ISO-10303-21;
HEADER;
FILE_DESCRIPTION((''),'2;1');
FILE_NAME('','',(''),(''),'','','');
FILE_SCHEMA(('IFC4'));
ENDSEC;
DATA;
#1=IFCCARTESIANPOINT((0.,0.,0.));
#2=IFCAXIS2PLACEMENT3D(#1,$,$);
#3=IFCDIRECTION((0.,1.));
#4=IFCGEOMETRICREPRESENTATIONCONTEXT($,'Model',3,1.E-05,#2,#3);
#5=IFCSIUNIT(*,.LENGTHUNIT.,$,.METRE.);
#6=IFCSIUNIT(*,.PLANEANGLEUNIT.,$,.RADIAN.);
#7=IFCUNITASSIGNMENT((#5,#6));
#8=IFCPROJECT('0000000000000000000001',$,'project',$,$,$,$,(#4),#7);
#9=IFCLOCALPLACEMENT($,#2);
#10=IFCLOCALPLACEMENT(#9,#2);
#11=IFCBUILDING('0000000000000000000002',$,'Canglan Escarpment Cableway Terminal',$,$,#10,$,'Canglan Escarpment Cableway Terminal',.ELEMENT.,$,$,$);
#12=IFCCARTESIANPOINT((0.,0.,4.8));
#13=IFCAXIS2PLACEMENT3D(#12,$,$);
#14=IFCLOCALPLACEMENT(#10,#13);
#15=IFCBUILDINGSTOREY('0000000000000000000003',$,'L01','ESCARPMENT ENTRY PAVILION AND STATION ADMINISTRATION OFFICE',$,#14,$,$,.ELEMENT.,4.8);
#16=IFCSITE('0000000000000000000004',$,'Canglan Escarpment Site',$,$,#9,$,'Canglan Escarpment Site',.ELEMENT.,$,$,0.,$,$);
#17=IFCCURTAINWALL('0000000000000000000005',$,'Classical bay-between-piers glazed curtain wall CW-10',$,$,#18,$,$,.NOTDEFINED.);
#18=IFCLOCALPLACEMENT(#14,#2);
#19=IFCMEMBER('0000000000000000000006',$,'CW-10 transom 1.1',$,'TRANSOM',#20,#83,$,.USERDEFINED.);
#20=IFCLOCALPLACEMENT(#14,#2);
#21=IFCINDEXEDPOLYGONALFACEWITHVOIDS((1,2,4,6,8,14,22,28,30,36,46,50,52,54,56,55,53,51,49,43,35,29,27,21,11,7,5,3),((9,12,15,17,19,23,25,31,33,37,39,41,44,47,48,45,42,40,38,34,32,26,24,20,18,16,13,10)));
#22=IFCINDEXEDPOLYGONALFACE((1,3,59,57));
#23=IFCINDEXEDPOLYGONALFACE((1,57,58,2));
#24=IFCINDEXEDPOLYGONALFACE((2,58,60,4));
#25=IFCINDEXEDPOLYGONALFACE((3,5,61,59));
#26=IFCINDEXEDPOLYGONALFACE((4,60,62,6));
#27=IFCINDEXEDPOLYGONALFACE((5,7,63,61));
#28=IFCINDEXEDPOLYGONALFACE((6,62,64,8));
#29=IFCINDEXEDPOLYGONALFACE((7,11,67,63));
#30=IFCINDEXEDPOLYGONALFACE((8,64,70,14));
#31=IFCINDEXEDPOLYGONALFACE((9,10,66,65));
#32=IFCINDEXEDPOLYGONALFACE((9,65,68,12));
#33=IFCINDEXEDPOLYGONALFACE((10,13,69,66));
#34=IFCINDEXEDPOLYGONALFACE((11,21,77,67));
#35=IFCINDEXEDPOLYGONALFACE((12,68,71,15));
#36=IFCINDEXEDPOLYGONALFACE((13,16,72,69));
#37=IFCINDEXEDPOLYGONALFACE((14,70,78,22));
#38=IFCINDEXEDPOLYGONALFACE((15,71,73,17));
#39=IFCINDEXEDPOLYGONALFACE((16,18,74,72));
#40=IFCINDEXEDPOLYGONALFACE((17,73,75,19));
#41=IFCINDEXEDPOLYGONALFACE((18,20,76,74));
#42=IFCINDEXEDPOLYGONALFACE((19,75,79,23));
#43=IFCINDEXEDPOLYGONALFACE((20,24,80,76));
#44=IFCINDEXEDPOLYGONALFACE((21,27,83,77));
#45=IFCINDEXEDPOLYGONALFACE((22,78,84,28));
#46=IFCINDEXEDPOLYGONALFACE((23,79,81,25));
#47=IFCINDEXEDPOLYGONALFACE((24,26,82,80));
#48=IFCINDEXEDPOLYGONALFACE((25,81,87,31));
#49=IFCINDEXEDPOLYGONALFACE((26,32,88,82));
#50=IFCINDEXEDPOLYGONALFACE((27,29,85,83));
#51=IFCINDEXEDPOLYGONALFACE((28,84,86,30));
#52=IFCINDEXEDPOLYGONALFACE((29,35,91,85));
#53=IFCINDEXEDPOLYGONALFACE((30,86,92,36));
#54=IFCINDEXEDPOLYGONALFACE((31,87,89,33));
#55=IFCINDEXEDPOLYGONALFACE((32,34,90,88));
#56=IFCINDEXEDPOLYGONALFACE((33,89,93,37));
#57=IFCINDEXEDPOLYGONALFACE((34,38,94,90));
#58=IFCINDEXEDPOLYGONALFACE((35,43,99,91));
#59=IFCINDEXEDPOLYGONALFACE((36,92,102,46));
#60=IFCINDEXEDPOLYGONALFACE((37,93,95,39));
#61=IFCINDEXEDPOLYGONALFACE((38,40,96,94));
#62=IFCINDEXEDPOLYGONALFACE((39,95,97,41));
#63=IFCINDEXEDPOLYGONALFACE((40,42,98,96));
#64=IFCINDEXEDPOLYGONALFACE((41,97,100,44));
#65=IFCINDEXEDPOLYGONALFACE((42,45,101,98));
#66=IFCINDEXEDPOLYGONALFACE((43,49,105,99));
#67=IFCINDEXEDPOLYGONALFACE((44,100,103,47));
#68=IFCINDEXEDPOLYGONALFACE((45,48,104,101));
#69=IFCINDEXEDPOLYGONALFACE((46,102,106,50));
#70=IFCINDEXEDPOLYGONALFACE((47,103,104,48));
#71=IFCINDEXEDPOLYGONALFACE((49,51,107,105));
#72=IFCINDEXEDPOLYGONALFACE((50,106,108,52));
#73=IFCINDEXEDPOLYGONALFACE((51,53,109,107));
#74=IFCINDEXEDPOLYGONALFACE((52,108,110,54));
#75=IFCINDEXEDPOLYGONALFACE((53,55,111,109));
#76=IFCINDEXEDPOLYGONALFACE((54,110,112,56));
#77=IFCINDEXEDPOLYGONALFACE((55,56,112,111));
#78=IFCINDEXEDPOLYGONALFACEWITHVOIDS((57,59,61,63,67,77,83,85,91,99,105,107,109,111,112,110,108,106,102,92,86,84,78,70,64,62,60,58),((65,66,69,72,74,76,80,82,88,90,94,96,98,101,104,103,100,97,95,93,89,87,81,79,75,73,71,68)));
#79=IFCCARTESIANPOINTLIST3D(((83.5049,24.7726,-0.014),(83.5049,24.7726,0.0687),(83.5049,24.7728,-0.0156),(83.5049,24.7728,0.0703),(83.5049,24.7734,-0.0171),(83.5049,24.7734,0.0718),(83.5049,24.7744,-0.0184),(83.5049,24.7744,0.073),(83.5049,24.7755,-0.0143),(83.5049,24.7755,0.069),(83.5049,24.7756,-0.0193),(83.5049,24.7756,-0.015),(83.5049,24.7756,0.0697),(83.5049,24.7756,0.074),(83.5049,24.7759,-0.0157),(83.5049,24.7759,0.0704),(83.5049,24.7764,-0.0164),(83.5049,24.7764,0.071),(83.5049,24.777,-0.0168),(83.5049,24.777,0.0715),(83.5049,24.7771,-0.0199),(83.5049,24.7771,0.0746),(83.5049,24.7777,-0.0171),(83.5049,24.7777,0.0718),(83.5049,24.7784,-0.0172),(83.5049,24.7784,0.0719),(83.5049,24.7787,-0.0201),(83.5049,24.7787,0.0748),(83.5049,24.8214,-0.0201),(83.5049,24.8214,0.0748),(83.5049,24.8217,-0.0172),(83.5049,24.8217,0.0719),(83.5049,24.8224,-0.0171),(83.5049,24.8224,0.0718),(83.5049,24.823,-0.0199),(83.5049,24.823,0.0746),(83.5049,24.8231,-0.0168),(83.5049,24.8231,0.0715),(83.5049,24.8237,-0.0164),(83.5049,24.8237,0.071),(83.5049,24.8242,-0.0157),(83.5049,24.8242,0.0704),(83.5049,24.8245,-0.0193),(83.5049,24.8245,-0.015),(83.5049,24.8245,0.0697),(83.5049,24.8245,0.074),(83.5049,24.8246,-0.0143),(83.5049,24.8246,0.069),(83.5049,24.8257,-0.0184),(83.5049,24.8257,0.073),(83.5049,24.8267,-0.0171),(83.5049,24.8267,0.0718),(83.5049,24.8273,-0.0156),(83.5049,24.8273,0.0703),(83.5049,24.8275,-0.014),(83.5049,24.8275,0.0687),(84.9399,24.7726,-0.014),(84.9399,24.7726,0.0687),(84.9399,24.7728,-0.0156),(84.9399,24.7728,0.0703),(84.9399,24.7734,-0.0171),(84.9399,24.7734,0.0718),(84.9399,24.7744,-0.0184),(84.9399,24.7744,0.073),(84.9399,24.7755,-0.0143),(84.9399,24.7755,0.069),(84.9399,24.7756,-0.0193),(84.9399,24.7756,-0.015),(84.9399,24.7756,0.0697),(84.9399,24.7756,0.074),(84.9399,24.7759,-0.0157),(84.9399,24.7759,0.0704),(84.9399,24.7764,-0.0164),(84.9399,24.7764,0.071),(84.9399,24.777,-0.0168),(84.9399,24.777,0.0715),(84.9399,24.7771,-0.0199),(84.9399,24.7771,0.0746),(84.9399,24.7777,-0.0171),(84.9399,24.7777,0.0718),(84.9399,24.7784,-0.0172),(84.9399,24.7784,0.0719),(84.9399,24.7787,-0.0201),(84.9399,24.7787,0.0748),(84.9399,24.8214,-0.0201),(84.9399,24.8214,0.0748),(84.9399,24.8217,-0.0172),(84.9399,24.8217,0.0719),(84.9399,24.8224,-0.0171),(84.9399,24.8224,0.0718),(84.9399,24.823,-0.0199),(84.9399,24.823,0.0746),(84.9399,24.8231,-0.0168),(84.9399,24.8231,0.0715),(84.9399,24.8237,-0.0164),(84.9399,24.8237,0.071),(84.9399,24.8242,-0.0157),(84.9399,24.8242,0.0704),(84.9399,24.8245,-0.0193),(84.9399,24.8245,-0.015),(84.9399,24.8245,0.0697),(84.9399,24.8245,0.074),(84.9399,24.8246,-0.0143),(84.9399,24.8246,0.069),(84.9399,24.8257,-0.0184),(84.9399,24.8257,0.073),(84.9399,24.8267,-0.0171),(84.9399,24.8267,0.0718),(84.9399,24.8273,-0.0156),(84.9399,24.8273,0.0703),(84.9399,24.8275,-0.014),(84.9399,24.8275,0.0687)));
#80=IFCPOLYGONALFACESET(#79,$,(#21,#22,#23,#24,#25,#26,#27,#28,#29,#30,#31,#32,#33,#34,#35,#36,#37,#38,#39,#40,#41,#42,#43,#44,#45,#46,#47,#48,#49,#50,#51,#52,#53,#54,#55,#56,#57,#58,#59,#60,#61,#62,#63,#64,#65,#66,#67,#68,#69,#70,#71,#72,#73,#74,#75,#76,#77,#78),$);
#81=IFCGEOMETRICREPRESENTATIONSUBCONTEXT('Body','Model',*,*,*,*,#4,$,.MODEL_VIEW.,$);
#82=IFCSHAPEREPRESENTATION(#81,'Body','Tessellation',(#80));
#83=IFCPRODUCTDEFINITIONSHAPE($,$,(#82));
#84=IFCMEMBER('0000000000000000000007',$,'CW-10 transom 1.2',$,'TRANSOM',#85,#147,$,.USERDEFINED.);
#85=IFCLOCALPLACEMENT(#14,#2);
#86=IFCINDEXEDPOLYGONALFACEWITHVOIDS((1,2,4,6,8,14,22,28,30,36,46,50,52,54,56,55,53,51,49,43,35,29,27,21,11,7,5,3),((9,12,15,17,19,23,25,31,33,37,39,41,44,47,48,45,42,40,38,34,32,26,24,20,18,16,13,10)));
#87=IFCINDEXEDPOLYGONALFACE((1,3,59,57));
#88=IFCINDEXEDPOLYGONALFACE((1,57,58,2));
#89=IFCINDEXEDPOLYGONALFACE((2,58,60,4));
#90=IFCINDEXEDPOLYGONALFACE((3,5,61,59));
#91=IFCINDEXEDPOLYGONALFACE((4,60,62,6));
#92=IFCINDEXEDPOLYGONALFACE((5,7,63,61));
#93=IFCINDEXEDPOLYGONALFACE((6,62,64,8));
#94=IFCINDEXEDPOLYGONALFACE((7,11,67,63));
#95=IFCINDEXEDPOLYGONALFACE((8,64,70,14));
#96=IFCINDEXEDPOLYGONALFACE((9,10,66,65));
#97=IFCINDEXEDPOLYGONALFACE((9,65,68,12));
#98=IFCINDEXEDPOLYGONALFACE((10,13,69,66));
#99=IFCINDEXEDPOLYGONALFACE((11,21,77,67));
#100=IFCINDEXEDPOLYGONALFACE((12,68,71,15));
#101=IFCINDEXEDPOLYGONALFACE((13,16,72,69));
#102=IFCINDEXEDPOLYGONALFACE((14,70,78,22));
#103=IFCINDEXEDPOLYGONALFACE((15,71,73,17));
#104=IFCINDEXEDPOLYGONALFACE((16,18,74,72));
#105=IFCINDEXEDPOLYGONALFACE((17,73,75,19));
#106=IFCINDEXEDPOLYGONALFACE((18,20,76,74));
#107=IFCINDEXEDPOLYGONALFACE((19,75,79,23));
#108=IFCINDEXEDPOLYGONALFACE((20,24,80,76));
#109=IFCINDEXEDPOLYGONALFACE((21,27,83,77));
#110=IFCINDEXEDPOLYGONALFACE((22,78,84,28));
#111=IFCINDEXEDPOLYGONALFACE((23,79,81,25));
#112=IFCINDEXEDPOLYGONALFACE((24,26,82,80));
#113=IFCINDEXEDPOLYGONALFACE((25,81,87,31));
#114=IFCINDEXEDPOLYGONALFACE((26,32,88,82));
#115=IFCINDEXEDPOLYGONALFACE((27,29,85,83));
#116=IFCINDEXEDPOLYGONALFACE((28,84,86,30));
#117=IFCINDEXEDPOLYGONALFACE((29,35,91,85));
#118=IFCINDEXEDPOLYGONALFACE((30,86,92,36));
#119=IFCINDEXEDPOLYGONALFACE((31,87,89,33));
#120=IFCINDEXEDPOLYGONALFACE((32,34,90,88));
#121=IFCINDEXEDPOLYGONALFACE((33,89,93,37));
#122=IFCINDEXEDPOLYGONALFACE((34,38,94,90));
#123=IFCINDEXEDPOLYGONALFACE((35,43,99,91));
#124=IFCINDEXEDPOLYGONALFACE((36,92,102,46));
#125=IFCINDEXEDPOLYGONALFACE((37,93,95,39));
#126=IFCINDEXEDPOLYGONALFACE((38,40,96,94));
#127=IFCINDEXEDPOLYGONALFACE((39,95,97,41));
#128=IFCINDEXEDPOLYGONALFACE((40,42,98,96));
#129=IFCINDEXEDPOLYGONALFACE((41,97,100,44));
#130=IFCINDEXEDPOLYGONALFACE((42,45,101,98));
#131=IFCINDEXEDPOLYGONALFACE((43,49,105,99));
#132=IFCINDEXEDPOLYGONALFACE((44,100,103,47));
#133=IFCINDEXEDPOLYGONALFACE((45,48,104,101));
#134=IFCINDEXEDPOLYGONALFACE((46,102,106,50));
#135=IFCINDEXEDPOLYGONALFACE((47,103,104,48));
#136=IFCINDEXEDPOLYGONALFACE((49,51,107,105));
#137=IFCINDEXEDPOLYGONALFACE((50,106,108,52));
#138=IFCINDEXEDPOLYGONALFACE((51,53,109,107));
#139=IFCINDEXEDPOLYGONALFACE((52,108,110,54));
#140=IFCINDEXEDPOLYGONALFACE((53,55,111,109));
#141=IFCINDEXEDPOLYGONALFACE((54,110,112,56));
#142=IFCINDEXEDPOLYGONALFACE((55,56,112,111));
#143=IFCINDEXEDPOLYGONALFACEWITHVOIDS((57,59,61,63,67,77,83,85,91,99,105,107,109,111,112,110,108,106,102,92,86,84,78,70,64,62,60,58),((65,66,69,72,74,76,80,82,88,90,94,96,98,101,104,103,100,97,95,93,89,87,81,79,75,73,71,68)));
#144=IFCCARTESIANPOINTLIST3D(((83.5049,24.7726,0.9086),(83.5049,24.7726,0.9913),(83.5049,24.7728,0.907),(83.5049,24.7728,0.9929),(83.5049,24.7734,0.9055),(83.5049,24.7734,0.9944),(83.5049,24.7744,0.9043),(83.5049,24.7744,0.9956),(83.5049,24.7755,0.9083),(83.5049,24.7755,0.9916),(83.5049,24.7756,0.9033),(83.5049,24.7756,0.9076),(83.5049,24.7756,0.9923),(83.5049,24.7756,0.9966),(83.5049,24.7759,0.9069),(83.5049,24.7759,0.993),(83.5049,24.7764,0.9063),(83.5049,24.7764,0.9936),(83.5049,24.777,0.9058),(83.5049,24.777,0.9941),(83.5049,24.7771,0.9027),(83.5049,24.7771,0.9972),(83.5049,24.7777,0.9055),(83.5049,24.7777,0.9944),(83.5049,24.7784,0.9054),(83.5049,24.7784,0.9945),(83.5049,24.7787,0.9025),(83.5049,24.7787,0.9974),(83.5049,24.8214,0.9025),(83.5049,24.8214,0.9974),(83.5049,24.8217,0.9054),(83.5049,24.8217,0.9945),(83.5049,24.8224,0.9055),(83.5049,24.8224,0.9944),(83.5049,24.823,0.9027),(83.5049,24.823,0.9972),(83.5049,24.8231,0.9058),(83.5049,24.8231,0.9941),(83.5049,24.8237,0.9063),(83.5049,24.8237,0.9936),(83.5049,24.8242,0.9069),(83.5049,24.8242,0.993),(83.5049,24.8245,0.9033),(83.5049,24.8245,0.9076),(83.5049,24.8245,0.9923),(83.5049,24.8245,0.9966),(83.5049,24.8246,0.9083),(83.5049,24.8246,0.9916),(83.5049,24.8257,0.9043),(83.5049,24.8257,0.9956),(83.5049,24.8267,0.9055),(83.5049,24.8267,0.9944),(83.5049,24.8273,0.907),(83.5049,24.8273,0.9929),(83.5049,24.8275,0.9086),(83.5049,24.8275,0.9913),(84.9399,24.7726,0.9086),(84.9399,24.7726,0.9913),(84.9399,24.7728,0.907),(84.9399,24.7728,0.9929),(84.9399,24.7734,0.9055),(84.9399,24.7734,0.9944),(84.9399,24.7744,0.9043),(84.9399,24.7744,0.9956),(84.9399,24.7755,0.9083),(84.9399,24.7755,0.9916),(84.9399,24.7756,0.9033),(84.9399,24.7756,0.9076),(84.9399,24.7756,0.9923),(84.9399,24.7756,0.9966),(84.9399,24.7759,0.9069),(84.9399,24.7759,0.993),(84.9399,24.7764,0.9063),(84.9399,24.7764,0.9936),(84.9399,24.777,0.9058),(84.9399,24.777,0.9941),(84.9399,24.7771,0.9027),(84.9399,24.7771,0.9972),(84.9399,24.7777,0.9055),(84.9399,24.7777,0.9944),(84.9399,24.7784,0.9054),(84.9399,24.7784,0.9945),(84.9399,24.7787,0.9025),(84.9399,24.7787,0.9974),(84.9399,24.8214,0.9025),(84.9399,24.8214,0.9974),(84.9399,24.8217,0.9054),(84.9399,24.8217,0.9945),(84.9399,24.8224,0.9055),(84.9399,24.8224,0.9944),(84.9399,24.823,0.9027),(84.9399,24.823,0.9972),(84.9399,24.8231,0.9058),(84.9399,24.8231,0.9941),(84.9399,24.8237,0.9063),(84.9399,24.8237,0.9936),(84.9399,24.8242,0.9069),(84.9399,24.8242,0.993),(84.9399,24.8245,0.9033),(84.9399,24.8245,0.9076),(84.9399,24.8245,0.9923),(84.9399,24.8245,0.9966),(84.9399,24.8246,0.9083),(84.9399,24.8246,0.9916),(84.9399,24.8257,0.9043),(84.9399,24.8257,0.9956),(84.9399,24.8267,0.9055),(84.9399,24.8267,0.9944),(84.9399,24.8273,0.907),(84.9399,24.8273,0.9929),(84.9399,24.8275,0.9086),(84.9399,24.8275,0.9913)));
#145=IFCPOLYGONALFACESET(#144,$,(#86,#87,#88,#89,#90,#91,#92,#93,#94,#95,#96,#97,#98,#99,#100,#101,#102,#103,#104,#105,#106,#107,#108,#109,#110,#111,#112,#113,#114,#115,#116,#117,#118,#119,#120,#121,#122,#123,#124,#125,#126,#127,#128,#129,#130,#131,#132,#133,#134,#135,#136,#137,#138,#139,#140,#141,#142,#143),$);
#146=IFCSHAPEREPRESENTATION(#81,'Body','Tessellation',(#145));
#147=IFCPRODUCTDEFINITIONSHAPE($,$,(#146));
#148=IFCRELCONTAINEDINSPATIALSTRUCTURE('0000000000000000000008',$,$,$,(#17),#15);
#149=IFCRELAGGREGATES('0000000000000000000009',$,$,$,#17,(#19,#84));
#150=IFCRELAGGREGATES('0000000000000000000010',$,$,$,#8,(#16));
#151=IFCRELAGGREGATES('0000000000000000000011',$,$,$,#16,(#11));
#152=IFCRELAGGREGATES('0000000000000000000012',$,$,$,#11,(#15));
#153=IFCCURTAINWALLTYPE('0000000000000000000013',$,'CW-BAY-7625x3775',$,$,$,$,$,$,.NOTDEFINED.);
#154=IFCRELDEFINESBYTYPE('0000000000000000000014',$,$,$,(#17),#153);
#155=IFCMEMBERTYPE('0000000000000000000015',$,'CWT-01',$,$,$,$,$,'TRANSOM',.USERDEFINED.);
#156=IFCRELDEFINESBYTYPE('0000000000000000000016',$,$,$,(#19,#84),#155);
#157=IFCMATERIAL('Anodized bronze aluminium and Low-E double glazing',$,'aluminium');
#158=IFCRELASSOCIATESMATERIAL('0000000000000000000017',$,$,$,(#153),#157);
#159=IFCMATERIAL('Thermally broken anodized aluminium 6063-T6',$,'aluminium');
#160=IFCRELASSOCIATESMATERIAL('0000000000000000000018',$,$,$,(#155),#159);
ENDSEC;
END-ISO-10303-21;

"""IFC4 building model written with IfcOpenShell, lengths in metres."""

from ifc_helpers import new_model, si_unit, direction, frame, origin, origin_2d, place, context, subcontext, project, spatial, hollow_rectangle, extrude, material, material_profile, profile_set, type_object, element, aggregate, save


model = new_model("IFC4")

# Units and contexts
model_context = context("Model", 3, precision=1e-05, world=origin(), true_north=direction((0.0, 1.0)))
body_context = subcontext(model_context, "Body", "Model", "MODEL_VIEW")
ifc_project = project(units=[si_unit("LENGTHUNIT", "METRE"), si_unit("PLANEANGLEUNIT", "RADIAN")], contexts=[model_context])

# Site, building, storey
site_placement = place(None, origin())
site = spatial("IfcSite", under=ifc_project, at=site_placement, Name="Canglan Escarpment Site", LongName="Canglan Escarpment Site", CompositionType="ELEMENT", RefElevation=0.0)
building_placement = place(site_placement, origin())
building = spatial("IfcBuilding", under=site, at=building_placement, Name="Canglan Escarpment Cableway Terminal", LongName="Canglan Escarpment Cableway Terminal", CompositionType="ELEMENT")
storey_placement = place(building_placement, frame((0.0, 0.0, 4.8)))
storey = spatial("IfcBuildingStorey", under=building, at=storey_placement, Name="L01", Description="ESCARPMENT ENTRY PAVILION AND STATION ADMINISTRATION OFFICE", CompositionType="ELEMENT", Elevation=4.8)

# Curtain wall, members
ifc_material_1 = material(Name="Anodized bronze aluminium and Low-E double glazing", Category="aluminium")
curtain_wall_type = type_object("IfcCurtainWallType", Name="CW-BAY-7625x3775", PredefinedType="NOTDEFINED", material=ifc_material_1)
curtain_wall_placement = place(storey_placement, origin())
curtain_wall = element("IfcCurtainWall", 1, at=curtain_wall_placement, inside=storey, type_object=curtain_wall_type, Name="Classical bay-between-piers glazed curtain wall CW-10", PredefinedType="NOTDEFINED")
ifc_material_2 = material(Name="Thermally broken anodized aluminium 6063-T6", Category="aluminium")
ifc_material_profile_1 = material_profile(ifc_material_2, hollow_rectangle(XDim=0.0549, YDim=0.095, WallThickness=0.0029, InnerFilletRadius=0.0029, OuterFilletRadius=0.0061, at=origin_2d()), Name="ALU-TRAN 55x95x3")
ifc_profile_set_1 = profile_set([ifc_material_profile_1], Name="Thermally broken anodized aluminium 6063-T6")
member_type_1 = type_object("IfcMemberType", Name="CWT-01", ElementType="TRANSOM", PredefinedType="USERDEFINED", material=ifc_profile_set_1)
member_1_placement = place(storey_placement, frame((84.9399, 24.8, 0.0273), z_axis=(-1.0, 0.0, 0.0), x_axis=(0.0, -1.0, 0.0)))
member_1 = element("IfcMember", 2, at=member_1_placement, type_object=member_type_1, Name="CW-10 transom 1.1", ObjectType="TRANSOM", PredefinedType="USERDEFINED", context=body_context, shape_type="SweptSolid", body=[
    extrude(hollow_rectangle(XDim=0.0549, YDim=0.095, WallThickness=0.0029, InnerFilletRadius=0.0029, OuterFilletRadius=0.0061, at=origin_2d()), origin(), (0.0, 0.0, 1.0), 1.4351),
])
member_2_placement = place(storey_placement, frame((84.9399, 24.8, 0.95), z_axis=(-1.0, 0.0, 0.0), x_axis=(0.0, -1.0, 0.0)))
member_2 = element("IfcMember", 3, at=member_2_placement, type_object=member_type_1, Name="CW-10 transom 1.2", ObjectType="TRANSOM", PredefinedType="USERDEFINED", context=body_context, shape_type="SweptSolid", body=[
    extrude(hollow_rectangle(XDim=0.0549, YDim=0.095, WallThickness=0.0029, InnerFilletRadius=0.0029, OuterFilletRadius=0.0061, at=origin_2d()), origin(), (0.0, 0.0, 1.0), 1.4351),
])

aggregate(curtain_wall, [member_1, member_2])

save(model, "model.ifc")
